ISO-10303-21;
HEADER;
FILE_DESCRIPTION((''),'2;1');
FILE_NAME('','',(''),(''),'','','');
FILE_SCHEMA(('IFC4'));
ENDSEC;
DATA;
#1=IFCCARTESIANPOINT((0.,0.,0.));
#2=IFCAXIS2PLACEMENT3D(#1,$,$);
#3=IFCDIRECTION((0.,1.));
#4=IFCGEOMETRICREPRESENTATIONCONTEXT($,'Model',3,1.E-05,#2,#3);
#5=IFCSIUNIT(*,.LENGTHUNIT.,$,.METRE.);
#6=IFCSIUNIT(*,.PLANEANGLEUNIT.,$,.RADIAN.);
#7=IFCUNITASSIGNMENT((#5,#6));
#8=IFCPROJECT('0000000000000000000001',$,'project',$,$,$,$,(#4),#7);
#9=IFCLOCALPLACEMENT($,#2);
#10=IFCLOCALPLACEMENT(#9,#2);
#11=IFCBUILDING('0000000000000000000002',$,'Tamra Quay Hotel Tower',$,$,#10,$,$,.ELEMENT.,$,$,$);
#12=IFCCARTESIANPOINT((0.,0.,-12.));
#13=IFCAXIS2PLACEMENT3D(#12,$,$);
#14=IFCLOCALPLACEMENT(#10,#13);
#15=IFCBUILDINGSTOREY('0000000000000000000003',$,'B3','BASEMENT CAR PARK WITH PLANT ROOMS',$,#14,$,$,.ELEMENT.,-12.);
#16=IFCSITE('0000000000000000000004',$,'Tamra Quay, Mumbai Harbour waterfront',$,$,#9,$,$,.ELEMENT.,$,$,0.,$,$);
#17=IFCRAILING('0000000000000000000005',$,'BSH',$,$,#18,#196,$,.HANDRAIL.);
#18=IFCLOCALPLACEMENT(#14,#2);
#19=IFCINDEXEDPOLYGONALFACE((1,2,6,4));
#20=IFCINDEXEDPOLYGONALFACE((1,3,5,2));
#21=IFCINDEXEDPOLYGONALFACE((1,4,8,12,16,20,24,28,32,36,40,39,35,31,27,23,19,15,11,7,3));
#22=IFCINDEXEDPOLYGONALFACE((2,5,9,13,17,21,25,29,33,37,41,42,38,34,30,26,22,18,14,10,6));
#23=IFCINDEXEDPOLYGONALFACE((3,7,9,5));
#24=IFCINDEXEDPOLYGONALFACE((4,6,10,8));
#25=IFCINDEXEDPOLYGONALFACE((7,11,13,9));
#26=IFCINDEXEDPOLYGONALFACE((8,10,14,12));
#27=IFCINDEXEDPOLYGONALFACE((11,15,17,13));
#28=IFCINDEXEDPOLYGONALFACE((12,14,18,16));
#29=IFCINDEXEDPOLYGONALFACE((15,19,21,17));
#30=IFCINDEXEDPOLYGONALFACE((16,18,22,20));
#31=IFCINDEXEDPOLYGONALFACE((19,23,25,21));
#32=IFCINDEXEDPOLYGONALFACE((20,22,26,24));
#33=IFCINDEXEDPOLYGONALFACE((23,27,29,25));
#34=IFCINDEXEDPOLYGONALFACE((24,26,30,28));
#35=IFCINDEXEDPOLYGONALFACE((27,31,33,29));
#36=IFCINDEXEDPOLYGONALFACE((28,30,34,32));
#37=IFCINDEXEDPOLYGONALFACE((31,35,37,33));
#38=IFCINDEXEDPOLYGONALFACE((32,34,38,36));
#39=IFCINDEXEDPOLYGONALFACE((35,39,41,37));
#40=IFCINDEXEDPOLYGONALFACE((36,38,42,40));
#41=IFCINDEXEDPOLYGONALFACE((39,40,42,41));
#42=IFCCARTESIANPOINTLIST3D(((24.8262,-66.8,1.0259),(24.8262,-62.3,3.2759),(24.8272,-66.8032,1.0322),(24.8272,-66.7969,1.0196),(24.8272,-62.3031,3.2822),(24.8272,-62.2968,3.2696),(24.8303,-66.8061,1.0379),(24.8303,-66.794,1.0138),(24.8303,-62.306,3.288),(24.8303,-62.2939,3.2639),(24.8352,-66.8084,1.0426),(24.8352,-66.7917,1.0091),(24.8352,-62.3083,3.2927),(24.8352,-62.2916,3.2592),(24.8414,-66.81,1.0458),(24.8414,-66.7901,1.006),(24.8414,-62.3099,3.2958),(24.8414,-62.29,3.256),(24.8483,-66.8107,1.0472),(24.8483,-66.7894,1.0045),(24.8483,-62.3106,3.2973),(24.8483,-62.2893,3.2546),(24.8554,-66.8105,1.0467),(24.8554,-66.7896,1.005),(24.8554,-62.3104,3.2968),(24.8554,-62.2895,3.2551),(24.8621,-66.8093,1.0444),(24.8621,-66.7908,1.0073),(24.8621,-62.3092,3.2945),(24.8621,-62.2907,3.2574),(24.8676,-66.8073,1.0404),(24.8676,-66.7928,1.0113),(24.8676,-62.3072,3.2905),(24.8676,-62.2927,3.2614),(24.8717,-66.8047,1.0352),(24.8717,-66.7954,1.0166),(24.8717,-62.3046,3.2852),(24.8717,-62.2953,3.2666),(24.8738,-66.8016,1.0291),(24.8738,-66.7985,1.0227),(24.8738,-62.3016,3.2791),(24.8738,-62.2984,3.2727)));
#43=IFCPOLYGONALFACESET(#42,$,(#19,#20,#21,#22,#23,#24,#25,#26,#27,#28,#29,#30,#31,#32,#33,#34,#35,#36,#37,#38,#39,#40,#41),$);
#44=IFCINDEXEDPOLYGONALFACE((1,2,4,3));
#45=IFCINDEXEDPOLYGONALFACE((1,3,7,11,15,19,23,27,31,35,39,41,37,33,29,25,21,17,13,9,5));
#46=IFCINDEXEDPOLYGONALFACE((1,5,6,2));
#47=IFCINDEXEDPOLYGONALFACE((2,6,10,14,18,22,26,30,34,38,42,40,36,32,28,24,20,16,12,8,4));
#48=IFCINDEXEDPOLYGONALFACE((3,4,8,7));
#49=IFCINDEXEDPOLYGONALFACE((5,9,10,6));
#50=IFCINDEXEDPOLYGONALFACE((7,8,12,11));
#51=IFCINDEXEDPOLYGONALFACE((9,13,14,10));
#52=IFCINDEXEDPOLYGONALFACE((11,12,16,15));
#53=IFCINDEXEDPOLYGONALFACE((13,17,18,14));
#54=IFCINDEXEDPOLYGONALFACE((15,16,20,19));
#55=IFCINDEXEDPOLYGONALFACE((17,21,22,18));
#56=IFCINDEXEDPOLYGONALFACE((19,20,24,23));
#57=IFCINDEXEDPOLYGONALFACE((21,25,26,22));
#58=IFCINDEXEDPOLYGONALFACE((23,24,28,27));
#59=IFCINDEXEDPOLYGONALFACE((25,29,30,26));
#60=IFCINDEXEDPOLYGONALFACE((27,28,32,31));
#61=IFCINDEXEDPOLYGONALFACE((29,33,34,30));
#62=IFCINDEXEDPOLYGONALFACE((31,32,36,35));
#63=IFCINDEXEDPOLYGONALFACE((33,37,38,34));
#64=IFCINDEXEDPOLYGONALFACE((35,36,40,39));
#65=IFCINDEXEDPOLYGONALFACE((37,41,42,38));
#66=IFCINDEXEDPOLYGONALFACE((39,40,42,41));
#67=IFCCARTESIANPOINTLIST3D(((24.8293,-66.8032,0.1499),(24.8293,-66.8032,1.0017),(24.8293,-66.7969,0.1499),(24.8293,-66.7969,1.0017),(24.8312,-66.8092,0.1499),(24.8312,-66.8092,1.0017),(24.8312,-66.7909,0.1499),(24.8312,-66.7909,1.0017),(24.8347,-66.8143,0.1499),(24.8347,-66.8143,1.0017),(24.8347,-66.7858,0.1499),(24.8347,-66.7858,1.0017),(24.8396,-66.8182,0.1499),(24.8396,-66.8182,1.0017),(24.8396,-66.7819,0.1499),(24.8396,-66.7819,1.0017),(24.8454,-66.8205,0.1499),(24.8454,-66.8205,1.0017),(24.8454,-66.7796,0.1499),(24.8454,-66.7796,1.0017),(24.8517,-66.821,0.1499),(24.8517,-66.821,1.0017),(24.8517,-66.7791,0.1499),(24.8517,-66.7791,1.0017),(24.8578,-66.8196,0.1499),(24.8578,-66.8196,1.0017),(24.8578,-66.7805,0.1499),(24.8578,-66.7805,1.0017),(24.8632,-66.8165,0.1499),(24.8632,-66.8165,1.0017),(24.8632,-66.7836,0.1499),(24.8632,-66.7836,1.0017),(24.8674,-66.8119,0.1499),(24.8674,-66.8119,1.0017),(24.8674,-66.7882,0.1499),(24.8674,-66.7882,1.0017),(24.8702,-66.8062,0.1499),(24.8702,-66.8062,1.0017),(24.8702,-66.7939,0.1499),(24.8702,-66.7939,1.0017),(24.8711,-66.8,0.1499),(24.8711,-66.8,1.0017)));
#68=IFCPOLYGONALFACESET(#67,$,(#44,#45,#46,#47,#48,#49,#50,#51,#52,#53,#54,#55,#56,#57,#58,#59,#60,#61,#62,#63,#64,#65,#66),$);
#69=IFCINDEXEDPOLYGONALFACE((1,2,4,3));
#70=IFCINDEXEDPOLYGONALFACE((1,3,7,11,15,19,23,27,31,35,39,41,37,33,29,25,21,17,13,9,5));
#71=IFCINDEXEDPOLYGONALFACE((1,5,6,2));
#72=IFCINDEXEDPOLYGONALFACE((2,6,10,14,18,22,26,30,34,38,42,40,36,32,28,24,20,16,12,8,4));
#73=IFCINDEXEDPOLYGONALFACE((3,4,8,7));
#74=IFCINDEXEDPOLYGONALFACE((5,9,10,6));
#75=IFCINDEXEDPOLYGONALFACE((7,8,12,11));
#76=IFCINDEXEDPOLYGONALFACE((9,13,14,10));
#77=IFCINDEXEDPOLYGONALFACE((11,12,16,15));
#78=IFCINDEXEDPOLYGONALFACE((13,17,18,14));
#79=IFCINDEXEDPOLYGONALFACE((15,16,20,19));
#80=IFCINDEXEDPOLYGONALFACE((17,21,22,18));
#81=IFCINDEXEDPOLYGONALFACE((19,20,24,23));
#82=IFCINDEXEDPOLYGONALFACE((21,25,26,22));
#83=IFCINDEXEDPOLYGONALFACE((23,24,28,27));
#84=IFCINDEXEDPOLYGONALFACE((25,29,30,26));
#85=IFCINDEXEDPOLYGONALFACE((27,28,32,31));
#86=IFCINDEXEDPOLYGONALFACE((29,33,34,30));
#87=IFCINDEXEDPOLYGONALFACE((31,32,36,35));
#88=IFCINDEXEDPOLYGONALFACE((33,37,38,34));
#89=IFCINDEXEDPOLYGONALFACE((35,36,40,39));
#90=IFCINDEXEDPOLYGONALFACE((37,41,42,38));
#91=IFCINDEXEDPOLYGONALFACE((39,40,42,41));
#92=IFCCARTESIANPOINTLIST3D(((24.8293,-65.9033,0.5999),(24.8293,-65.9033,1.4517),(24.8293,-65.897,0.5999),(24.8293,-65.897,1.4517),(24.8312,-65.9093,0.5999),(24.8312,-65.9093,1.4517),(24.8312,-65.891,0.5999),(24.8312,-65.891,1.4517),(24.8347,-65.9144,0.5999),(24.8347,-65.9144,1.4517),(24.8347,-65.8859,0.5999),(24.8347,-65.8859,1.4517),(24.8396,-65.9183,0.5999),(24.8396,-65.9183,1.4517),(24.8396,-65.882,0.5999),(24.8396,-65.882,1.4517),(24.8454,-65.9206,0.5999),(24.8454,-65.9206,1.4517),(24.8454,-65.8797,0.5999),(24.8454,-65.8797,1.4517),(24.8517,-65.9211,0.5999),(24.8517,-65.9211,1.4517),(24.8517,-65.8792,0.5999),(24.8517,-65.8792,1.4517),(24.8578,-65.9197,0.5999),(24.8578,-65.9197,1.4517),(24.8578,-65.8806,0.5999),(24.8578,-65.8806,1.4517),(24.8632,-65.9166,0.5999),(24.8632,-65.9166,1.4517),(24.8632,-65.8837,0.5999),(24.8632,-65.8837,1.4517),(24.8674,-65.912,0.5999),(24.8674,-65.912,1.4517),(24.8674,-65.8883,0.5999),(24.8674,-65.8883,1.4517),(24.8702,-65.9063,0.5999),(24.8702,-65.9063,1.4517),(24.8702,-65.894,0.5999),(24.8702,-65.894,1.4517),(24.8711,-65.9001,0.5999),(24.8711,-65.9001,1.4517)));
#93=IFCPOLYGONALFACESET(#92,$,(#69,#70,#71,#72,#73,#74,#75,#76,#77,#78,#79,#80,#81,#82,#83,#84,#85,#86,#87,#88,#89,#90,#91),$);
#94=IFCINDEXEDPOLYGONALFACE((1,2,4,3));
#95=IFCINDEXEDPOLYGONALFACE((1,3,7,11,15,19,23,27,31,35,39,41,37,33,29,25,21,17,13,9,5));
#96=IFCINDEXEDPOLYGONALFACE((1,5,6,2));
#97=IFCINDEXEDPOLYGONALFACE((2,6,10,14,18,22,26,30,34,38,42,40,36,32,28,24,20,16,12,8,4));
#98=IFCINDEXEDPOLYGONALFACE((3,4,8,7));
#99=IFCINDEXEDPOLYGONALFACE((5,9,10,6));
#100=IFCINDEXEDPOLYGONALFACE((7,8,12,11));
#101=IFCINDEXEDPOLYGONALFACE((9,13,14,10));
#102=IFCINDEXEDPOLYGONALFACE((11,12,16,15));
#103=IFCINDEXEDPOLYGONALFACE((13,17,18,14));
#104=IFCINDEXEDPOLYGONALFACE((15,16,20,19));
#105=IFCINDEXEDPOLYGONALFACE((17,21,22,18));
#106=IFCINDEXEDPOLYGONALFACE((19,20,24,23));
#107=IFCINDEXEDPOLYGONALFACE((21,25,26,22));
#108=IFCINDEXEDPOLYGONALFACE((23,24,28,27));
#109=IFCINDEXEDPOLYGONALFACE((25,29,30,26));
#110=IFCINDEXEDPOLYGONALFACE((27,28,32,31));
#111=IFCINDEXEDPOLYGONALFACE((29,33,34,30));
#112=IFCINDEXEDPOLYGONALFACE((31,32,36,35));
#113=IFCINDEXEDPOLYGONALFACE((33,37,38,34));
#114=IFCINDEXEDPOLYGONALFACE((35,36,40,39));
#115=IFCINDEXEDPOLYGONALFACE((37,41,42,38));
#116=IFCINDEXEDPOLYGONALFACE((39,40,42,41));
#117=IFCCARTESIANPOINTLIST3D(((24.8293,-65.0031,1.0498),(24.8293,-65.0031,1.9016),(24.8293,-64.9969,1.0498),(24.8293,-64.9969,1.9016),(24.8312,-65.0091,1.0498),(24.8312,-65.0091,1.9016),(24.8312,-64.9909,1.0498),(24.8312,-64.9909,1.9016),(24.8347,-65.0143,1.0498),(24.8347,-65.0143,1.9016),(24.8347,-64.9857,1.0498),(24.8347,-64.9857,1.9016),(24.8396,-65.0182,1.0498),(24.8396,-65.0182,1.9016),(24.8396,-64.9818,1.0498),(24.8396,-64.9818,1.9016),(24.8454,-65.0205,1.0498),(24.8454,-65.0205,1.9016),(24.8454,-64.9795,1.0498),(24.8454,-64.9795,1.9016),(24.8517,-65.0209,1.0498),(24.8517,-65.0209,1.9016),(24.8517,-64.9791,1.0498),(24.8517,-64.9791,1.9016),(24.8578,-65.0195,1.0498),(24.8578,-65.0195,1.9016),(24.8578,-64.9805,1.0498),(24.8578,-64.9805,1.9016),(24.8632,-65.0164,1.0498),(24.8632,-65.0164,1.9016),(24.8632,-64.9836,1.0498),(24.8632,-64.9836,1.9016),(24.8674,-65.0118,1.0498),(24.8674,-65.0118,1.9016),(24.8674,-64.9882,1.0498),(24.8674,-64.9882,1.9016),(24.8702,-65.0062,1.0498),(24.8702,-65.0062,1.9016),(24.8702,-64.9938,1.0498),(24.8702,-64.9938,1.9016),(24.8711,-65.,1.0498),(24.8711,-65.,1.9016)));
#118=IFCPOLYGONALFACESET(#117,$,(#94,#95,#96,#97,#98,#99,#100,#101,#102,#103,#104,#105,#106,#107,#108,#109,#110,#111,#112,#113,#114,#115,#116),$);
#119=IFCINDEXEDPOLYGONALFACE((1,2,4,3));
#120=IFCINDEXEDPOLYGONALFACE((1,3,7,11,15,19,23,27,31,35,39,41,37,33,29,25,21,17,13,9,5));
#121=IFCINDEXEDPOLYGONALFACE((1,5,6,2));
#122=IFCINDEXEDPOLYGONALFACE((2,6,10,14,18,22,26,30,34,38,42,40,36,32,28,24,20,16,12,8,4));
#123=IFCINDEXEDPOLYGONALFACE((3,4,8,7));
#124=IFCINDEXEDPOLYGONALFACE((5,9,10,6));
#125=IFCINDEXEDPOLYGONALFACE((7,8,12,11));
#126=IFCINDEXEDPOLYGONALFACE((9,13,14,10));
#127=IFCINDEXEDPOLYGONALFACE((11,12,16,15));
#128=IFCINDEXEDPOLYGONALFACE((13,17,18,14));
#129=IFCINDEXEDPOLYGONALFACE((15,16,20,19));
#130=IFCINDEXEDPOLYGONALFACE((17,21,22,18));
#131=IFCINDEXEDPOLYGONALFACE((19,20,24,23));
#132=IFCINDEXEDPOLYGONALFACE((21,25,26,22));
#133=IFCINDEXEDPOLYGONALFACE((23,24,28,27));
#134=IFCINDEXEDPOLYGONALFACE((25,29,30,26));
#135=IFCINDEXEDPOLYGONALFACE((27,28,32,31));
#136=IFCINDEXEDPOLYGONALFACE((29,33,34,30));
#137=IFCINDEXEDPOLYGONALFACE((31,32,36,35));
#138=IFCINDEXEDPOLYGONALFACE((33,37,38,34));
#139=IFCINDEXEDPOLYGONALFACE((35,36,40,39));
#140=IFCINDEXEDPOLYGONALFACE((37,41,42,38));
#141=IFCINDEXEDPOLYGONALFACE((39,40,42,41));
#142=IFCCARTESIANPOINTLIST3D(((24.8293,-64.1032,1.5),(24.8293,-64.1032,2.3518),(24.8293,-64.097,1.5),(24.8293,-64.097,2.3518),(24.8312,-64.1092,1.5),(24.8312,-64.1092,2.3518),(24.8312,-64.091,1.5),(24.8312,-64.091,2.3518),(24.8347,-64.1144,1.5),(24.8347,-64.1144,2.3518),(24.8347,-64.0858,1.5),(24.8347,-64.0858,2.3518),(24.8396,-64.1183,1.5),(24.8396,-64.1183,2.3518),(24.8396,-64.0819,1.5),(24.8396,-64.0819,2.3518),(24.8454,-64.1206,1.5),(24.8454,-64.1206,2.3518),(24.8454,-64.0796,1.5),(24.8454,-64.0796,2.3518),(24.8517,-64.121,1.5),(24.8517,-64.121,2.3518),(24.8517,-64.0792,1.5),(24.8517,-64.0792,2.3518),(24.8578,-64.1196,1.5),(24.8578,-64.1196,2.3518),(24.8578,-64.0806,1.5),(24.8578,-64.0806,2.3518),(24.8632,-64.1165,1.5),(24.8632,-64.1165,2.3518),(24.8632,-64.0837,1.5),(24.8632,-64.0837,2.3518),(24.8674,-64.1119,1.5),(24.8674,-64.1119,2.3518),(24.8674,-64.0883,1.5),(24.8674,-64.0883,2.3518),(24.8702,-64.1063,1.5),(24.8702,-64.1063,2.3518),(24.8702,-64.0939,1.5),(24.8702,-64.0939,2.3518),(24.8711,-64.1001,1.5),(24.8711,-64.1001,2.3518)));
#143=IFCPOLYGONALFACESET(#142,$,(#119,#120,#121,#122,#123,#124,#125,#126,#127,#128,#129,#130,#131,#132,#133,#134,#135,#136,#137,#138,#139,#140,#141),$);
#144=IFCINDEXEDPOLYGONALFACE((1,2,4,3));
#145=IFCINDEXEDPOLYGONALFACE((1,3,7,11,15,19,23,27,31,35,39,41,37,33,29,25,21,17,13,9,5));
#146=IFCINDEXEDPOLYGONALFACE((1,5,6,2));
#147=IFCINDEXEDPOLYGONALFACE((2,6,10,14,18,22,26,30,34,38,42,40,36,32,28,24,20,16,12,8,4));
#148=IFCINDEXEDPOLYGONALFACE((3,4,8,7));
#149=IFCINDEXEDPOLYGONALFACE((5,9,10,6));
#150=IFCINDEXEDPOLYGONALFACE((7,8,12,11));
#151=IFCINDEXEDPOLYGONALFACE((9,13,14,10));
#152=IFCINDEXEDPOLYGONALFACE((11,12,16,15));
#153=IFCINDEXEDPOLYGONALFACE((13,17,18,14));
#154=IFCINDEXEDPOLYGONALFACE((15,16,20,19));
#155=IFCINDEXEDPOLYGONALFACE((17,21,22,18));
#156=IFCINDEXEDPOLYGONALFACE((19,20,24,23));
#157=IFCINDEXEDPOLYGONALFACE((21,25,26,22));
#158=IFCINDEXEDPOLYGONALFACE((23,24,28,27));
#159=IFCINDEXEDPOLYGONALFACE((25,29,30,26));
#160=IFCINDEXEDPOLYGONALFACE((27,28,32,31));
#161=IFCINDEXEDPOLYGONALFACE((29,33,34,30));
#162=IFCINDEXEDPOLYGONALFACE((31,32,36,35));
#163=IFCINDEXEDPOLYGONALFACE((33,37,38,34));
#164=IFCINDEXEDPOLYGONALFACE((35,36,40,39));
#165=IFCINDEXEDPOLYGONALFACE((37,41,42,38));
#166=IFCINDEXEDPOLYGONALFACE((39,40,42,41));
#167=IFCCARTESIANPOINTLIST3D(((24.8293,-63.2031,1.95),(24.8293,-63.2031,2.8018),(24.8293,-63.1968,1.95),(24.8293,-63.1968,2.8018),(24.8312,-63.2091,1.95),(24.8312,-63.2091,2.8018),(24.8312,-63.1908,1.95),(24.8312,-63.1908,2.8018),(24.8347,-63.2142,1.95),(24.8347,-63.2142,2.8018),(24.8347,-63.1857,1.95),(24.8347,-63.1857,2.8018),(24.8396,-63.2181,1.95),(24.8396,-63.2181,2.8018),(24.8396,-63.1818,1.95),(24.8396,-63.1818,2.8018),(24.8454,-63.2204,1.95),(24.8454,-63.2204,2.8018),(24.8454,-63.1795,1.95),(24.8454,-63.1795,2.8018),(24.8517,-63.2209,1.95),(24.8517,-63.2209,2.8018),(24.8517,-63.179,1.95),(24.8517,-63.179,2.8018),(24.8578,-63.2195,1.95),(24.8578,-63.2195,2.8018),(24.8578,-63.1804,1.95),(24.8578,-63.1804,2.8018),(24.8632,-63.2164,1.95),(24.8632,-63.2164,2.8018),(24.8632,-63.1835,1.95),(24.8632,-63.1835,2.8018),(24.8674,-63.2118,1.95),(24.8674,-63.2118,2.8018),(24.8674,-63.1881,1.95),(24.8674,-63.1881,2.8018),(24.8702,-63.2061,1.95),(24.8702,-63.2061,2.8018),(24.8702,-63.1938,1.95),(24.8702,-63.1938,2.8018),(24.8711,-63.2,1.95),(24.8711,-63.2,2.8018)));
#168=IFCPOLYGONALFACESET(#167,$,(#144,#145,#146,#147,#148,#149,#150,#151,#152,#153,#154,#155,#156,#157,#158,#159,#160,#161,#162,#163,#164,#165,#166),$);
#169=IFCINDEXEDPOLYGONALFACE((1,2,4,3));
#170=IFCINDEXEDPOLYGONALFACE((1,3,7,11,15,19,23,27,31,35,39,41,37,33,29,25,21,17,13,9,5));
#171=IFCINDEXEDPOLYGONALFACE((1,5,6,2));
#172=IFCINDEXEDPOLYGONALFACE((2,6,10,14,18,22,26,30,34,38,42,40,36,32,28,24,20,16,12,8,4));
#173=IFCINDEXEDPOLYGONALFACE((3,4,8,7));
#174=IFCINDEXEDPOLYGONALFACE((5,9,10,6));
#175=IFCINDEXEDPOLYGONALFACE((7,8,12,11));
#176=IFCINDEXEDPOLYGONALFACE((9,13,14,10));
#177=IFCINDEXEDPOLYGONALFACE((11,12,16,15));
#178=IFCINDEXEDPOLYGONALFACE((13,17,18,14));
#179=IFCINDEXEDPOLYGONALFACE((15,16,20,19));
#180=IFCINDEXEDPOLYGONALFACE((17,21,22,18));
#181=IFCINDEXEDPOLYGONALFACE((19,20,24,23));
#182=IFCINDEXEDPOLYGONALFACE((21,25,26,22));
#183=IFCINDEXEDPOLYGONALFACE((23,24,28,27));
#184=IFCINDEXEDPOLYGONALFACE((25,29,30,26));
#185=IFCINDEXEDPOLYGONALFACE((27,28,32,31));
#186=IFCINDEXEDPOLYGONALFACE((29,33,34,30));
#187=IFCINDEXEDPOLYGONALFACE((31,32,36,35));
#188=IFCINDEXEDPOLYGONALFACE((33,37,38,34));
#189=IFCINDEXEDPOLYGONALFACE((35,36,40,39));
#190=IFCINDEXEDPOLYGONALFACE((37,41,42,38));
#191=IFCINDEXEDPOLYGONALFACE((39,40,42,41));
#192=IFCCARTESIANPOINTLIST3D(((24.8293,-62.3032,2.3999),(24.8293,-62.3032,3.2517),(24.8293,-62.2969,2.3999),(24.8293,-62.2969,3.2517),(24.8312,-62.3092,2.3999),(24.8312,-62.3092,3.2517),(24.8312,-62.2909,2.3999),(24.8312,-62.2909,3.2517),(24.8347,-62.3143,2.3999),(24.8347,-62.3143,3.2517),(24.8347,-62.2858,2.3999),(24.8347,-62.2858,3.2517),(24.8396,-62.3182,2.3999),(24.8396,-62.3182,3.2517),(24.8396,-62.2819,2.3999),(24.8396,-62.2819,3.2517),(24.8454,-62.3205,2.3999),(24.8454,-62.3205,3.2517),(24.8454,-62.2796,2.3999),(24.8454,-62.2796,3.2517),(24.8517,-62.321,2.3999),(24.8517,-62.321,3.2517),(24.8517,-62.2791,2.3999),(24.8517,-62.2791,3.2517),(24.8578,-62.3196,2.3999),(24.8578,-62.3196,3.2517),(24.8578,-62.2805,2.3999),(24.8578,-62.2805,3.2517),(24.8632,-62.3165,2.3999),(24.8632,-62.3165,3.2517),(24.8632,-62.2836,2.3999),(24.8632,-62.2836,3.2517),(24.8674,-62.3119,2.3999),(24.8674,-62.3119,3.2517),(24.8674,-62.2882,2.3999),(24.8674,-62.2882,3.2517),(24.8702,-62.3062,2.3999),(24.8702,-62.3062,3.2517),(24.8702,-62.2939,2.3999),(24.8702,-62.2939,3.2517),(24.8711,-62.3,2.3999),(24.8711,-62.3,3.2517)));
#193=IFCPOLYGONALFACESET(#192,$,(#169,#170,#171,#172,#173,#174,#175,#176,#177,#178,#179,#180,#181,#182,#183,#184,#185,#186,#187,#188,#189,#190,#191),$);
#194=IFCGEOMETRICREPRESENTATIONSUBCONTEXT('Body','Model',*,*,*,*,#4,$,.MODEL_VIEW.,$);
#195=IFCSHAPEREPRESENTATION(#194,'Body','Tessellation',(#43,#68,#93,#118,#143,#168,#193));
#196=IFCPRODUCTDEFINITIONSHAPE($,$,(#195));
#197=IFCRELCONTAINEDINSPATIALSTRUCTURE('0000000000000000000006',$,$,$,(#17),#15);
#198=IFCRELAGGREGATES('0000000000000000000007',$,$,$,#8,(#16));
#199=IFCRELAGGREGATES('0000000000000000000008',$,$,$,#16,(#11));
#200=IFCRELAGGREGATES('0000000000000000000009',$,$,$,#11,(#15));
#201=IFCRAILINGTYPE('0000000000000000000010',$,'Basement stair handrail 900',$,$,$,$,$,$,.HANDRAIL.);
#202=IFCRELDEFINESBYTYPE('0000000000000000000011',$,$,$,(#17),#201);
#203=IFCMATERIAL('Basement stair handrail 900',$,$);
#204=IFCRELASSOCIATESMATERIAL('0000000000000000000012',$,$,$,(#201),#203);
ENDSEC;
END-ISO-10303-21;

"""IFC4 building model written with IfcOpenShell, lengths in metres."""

from ifc_helpers import new_model, si_unit, direction, frame, origin, origin_2d, place, context, subcontext, project, spatial, circle, extrude, material, type_object, element, save


model = new_model("IFC4")

# Units and contexts
model_context = context("Model", 3, precision=1e-05, world=origin(), true_north=direction((0.0, 1.0)))
body_context = subcontext(model_context, "Body", "Model", "MODEL_VIEW")
ifc_project = project(units=[si_unit("LENGTHUNIT", "METRE"), si_unit("PLANEANGLEUNIT", "RADIAN")], contexts=[model_context])

# Site, building, storey
site_placement = place(None, origin())
site = spatial("IfcSite", under=ifc_project, at=site_placement, Name="Tamra Quay, Mumbai Harbour waterfront", CompositionType="ELEMENT", RefElevation=0.0)
building_placement = place(site_placement, origin())
building = spatial("IfcBuilding", under=site, at=building_placement, Name="Tamra Quay Hotel Tower", CompositionType="ELEMENT")
storey_placement = place(building_placement, frame((0.0, 0.0, -12.0)))
storey = spatial("IfcBuildingStorey", under=building, at=storey_placement, Name="B3", Description="BASEMENT CAR PARK WITH PLANT ROOMS", CompositionType="ELEMENT", Elevation=-12.0)

# Railing
ifc_material_1 = material(Name="Basement stair handrail 900")
railing_type_1 = type_object("IfcRailingType", Name="Basement stair handrail 900", PredefinedType="HANDRAIL", material=ifc_material_1)
railing_1_placement = place(storey_placement, frame((24.8501, -66.8, 0.1499)))
element("IfcRailing", 1, at=railing_1_placement, inside=storey, type_object=railing_type_1, Name="BSH", PredefinedType="HANDRAIL", context=body_context, shape_type="SweptSolid", body=[
    extrude(circle(Radius=0.0239, at=origin_2d()), frame((0.0, 0.0, 0.876), z_axis=(0.0, 0.894427, 0.447214), x_axis=(-1.0, 0.0, 0.0)), (0.0, 0.0, 1.0), 5.0312),
    extrude(circle(Radius=0.021, at=origin_2d()), origin(), (0.0, 0.0, 1.0), 0.8518),
    extrude(circle(Radius=0.021, at=origin_2d()), frame((0.0, 0.8999, 0.45)), (0.0, 0.0, 1.0), 0.8518),
    extrude(circle(Radius=0.021, at=origin_2d()), frame((0.0, 1.8, 0.8999)), (0.0, 0.0, 1.0), 0.8518),
    extrude(circle(Radius=0.021, at=origin_2d()), frame((0.0, 2.7, 1.3501)), (0.0, 0.0, 1.0), 0.8518),
    extrude(circle(Radius=0.021, at=origin_2d()), frame((0.0, 3.6001, 1.8)), (0.0, 0.0, 1.0), 0.8518),
    extrude(circle(Radius=0.021, at=origin_2d()), frame((0.0, 4.5, 2.25)), (0.0, 0.0, 1.0), 0.8518),
])

save(model, "model.ifc")
